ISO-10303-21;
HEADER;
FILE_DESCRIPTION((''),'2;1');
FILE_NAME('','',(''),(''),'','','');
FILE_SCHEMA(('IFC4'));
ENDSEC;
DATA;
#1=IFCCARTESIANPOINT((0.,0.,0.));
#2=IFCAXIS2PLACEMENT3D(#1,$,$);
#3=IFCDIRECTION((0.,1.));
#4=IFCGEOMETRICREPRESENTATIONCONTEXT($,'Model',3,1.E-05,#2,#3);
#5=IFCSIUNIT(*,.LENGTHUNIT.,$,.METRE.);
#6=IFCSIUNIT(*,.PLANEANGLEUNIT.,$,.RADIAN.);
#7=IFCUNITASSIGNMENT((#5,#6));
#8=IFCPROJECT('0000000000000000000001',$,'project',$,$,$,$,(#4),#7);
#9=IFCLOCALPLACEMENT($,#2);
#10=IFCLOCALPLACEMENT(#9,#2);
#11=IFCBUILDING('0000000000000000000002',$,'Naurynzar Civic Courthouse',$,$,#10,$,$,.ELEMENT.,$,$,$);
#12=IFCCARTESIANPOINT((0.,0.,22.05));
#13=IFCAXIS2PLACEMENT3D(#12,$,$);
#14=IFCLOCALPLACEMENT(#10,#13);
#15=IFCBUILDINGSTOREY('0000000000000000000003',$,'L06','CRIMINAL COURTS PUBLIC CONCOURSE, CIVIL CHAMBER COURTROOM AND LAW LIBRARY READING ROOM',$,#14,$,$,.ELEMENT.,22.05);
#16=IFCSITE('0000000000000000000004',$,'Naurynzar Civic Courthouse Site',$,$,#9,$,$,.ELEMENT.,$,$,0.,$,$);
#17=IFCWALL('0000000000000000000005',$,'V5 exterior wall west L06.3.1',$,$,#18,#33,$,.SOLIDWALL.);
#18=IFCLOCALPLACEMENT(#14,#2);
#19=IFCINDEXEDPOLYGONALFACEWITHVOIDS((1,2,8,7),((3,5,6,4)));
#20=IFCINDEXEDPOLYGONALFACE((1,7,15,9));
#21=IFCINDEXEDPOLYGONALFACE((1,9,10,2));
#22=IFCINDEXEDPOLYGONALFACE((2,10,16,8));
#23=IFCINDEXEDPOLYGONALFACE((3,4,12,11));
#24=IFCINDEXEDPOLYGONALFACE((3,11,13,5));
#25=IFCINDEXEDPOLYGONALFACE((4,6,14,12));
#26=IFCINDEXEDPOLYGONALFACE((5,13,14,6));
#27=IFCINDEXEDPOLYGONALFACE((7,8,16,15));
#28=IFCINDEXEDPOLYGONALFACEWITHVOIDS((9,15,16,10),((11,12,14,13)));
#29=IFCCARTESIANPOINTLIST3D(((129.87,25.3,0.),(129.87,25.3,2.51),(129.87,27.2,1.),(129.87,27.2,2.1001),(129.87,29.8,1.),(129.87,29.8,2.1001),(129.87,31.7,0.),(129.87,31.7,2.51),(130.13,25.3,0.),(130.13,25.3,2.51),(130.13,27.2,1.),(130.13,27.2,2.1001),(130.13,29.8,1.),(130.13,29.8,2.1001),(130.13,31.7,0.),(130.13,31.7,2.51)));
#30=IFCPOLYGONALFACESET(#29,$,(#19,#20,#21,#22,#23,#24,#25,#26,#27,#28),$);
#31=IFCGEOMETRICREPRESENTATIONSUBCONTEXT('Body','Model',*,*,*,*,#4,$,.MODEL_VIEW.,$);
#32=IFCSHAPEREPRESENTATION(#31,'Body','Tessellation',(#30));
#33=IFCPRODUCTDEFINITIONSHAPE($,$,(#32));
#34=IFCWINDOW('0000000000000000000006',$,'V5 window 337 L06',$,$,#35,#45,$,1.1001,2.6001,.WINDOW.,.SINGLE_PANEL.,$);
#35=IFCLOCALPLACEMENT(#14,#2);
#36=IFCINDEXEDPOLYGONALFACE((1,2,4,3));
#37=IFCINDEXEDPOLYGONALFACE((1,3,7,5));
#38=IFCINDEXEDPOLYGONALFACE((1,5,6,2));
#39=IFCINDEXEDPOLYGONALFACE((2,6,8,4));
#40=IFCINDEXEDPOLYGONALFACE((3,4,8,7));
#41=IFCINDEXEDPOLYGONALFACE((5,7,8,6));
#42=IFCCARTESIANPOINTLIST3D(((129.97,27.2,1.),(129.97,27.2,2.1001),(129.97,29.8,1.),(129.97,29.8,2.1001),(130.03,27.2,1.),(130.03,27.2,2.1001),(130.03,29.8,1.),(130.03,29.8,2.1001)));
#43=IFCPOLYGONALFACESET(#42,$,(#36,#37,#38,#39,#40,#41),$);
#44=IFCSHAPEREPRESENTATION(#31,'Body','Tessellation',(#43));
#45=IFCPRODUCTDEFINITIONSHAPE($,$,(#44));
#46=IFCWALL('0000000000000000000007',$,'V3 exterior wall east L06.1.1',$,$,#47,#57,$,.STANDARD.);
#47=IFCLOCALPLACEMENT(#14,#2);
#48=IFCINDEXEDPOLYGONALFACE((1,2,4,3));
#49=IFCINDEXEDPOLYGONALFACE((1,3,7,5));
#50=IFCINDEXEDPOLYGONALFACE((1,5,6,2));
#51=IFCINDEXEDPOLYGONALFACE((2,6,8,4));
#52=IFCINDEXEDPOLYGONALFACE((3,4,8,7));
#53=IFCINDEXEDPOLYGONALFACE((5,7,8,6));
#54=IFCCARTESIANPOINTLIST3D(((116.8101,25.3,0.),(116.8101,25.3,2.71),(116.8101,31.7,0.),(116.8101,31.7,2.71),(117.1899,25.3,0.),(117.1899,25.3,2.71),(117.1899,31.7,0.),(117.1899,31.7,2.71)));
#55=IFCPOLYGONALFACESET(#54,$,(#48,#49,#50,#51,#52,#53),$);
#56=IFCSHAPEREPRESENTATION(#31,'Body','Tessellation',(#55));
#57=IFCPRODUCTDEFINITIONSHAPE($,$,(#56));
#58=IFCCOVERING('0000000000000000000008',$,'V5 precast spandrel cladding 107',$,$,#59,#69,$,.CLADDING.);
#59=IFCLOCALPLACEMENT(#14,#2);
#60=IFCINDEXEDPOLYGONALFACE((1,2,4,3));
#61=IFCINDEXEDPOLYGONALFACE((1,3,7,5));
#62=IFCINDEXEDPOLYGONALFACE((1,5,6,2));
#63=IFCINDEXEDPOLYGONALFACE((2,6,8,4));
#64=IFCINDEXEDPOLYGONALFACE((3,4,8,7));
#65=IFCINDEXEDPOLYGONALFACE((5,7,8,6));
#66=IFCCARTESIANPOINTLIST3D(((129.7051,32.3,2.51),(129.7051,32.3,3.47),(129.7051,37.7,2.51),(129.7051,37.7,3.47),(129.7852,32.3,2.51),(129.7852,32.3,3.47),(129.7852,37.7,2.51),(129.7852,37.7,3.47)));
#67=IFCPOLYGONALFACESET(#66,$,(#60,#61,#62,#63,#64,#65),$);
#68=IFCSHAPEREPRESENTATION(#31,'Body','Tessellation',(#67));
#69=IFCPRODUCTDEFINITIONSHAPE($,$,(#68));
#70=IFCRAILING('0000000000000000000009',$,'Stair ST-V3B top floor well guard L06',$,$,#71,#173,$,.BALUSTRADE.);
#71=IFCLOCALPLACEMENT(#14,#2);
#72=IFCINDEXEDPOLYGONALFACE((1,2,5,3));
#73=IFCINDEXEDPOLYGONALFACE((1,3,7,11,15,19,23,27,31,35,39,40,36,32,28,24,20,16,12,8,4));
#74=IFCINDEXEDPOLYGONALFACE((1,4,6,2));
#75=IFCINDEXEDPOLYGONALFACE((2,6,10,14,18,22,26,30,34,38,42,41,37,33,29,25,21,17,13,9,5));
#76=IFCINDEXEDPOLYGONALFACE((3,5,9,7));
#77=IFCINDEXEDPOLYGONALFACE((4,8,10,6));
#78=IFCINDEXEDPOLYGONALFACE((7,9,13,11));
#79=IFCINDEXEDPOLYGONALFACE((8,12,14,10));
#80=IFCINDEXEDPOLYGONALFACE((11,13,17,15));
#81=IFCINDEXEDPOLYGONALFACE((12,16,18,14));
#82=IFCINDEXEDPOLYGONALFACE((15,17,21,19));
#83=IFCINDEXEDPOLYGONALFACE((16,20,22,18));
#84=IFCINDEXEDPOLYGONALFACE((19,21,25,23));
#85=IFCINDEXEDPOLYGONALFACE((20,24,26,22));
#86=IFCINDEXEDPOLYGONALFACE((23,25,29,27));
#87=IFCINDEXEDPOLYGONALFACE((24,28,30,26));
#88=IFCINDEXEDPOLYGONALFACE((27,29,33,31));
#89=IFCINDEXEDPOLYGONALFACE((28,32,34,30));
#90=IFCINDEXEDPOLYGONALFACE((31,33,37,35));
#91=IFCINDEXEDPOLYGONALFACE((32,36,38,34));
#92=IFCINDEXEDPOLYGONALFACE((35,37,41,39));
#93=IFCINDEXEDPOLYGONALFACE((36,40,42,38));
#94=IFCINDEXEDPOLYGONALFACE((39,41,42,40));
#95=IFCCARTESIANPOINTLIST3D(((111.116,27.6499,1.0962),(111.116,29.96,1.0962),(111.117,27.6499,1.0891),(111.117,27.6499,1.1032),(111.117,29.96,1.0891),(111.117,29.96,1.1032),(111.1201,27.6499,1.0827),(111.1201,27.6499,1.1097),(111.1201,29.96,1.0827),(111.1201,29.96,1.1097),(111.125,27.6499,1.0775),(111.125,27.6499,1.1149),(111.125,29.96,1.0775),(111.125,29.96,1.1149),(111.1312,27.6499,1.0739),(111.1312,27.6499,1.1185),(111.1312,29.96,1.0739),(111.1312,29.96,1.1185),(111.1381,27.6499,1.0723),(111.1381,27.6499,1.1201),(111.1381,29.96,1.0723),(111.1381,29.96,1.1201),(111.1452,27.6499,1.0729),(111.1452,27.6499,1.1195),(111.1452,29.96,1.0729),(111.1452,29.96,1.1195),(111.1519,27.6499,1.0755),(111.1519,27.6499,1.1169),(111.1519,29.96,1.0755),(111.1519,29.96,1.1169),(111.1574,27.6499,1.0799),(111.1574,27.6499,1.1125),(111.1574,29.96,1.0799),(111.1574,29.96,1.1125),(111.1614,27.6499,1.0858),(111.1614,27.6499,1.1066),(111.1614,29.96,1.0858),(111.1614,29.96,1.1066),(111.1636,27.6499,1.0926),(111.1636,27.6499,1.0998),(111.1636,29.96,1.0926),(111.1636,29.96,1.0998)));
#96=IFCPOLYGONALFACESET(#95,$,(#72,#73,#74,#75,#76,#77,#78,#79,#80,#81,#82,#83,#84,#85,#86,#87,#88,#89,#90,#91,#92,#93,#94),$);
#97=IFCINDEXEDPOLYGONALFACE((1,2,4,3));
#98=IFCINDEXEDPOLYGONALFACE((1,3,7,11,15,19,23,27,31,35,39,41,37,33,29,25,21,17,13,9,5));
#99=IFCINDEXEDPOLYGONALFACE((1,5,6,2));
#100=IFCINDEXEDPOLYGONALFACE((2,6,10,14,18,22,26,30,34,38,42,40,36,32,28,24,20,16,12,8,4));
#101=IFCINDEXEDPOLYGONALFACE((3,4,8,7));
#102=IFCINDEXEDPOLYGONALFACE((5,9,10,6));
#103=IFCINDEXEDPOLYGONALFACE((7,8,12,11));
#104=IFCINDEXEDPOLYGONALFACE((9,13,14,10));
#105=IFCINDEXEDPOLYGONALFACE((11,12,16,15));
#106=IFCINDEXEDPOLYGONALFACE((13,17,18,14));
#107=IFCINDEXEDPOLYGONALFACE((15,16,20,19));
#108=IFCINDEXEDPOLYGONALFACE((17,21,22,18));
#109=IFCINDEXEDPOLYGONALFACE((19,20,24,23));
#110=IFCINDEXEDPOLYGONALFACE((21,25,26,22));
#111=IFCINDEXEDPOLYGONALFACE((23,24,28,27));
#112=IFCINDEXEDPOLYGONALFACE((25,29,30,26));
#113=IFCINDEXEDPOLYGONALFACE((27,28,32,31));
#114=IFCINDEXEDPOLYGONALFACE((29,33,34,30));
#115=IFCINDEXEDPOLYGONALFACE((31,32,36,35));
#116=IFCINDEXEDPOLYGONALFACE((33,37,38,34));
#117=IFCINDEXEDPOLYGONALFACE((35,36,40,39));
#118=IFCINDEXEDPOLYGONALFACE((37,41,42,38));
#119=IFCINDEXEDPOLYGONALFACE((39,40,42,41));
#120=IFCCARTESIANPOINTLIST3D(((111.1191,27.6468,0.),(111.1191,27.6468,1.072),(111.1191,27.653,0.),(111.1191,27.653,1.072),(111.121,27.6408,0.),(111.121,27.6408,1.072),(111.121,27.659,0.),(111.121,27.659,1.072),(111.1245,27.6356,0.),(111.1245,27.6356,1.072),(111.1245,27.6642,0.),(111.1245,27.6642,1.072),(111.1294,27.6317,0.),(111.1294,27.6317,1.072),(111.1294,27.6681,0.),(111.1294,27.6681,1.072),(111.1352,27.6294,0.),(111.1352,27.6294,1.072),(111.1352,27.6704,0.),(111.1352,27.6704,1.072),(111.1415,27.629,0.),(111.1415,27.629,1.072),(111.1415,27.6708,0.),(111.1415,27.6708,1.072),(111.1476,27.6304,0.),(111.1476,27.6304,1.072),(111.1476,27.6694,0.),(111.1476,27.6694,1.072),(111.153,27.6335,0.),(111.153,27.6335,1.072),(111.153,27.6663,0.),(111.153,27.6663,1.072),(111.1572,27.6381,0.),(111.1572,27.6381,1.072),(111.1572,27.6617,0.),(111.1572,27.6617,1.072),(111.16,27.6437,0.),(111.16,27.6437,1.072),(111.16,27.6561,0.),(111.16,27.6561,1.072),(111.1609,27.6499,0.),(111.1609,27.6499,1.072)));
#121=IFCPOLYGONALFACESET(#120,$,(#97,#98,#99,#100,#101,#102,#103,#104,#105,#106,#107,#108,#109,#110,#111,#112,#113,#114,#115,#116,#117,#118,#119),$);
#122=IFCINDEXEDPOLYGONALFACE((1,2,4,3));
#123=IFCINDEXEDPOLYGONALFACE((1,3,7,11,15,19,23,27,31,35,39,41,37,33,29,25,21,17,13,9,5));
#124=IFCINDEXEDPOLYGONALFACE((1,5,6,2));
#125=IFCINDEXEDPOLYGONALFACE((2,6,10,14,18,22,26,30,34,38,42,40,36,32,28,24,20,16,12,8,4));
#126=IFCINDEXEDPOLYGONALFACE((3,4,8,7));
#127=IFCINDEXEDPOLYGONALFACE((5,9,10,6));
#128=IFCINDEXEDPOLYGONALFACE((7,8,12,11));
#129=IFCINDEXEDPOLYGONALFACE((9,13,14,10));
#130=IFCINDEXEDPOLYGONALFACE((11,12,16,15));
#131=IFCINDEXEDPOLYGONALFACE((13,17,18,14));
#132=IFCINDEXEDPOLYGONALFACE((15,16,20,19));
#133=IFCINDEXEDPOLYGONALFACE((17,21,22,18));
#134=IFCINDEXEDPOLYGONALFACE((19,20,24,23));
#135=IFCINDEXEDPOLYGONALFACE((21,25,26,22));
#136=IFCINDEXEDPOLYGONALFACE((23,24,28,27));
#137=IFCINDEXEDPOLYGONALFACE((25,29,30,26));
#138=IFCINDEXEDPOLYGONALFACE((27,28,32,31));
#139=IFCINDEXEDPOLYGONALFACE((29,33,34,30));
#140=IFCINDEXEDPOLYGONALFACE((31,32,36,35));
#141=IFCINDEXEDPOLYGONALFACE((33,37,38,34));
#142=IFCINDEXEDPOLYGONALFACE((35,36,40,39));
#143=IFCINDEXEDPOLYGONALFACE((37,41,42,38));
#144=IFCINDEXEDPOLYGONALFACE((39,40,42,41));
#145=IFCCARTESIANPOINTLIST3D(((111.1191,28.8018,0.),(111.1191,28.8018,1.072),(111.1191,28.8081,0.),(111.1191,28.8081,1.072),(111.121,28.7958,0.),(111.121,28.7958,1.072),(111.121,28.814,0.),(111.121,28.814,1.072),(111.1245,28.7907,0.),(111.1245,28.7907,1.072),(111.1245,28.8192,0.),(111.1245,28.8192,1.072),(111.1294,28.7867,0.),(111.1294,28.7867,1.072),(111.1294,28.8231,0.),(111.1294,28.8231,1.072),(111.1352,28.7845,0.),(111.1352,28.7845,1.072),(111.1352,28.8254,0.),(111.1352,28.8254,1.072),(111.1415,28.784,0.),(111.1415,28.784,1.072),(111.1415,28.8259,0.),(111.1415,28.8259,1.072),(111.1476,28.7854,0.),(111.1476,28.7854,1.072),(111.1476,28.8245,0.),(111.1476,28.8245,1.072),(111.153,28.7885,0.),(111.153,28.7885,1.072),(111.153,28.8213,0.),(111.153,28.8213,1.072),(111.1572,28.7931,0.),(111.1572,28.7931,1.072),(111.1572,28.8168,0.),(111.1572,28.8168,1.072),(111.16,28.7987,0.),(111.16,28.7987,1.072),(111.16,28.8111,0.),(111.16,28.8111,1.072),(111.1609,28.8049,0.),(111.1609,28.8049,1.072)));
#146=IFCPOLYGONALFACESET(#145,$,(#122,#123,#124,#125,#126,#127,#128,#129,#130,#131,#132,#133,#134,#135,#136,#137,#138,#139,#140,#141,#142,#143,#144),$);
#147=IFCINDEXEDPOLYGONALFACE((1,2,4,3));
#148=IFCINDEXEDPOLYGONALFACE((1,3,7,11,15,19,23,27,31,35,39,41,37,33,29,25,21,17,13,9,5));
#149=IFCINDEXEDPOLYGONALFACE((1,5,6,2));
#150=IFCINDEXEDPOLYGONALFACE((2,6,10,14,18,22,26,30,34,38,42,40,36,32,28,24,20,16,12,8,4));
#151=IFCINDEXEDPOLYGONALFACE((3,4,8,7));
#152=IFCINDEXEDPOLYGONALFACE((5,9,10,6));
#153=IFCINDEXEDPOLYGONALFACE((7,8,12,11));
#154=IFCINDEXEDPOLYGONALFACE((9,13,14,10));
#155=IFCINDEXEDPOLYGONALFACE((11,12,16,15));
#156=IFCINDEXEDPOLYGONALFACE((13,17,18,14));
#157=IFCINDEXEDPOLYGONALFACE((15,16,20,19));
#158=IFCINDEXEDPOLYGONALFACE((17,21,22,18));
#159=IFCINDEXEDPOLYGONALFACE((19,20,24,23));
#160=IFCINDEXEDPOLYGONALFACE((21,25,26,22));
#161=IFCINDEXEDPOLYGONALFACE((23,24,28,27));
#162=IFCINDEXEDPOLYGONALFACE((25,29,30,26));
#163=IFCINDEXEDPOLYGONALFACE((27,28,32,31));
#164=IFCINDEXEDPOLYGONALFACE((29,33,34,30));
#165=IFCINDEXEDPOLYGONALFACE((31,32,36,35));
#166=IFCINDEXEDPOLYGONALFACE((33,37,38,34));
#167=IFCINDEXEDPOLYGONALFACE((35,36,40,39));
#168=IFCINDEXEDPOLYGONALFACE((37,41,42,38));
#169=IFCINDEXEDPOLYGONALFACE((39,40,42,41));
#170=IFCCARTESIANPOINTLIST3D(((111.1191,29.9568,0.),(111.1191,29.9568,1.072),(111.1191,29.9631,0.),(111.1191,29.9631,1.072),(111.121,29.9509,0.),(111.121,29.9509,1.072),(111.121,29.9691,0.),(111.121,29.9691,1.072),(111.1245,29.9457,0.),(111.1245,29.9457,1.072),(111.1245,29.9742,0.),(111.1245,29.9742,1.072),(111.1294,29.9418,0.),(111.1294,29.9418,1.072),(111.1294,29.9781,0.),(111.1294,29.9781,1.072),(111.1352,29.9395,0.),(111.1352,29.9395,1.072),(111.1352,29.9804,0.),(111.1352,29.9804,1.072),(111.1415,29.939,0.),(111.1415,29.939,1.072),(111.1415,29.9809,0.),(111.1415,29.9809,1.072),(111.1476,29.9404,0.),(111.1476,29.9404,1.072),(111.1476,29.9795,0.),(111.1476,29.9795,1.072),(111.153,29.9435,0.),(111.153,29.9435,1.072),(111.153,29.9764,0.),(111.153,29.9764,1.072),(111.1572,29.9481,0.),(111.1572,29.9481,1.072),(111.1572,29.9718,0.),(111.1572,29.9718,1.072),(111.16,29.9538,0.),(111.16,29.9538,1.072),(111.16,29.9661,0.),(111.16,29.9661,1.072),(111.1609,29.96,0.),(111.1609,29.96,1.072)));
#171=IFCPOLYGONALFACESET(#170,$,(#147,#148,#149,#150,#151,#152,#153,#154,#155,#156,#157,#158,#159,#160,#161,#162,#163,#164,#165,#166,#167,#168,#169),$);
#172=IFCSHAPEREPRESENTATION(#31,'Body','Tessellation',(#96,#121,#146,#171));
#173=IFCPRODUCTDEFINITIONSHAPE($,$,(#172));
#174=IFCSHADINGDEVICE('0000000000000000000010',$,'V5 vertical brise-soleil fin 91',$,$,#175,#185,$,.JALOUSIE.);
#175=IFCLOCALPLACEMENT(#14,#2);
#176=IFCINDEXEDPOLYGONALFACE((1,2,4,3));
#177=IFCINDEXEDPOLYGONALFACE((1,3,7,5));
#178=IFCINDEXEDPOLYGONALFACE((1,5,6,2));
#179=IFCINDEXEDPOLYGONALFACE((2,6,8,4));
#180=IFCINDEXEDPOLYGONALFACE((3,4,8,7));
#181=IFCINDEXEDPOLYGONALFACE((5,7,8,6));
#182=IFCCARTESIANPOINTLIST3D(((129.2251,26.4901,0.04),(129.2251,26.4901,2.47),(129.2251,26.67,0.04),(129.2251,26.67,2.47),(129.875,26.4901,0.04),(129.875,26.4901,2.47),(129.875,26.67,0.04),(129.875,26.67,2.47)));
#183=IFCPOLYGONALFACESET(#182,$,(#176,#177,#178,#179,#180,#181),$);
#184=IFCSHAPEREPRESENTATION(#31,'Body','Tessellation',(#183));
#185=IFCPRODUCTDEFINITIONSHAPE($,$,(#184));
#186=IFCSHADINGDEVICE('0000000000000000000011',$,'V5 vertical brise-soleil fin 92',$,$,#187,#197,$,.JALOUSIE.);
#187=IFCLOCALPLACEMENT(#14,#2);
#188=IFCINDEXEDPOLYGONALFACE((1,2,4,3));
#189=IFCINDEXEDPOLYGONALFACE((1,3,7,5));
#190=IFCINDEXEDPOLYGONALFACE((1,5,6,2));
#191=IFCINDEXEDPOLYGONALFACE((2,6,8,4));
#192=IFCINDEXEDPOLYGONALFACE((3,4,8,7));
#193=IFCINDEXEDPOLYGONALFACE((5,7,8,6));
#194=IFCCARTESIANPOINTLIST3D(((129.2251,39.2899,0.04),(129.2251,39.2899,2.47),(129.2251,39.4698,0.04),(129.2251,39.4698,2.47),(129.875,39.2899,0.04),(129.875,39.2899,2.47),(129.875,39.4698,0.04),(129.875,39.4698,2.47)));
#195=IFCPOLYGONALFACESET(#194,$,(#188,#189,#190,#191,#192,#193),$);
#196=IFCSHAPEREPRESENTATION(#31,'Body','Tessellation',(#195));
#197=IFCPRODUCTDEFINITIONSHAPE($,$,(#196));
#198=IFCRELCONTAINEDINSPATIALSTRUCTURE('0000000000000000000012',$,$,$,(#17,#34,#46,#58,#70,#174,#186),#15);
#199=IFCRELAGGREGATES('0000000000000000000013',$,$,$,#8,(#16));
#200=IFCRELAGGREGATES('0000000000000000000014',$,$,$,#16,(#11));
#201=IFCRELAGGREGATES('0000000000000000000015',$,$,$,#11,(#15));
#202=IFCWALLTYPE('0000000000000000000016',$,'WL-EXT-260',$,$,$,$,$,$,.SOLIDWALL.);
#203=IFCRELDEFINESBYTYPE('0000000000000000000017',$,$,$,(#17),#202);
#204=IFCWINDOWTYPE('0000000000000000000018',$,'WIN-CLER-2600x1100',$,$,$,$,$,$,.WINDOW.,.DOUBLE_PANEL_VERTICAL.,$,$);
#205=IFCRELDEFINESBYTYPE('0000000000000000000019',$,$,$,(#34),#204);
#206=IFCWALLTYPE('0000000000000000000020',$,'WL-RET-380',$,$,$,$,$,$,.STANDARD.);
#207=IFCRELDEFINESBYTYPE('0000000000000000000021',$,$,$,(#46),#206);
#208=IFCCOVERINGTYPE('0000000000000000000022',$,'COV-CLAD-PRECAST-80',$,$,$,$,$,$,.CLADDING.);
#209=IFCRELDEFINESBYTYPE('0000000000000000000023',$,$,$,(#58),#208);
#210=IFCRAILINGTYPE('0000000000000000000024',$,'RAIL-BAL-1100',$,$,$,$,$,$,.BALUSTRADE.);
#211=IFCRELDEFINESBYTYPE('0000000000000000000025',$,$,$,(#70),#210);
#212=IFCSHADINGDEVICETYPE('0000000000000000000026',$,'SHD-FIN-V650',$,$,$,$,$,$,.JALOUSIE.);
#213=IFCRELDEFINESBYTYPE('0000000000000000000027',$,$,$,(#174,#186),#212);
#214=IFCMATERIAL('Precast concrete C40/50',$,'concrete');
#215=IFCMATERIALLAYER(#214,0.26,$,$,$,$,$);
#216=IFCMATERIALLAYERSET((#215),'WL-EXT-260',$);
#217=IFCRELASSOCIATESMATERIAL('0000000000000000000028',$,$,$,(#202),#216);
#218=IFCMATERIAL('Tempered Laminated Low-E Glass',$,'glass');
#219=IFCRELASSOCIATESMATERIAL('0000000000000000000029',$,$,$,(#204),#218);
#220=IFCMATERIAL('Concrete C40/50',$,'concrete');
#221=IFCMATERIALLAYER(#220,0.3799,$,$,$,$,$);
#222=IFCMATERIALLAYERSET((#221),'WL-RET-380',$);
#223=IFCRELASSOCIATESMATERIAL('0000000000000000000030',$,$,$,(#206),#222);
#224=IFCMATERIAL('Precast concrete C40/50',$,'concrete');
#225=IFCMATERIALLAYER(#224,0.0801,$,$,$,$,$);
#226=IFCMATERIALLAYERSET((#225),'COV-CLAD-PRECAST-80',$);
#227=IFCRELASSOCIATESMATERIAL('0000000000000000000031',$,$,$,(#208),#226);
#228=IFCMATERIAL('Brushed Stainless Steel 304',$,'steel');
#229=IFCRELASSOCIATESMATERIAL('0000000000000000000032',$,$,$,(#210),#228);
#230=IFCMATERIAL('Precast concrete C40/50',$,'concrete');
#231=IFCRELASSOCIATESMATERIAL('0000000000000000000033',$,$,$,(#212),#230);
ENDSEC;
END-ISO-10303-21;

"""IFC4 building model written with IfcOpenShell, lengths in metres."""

from ifc_helpers import new_model, si_unit, direction, frame, frame_2d, origin, origin_2d, place, context, subcontext, project, spatial, rectangle, circle, extrude, material, layer, layer_set, type_object, element, fill, save


model = new_model("IFC4")

# Units and contexts
model_context = context("Model", 3, precision=1e-05, world=origin(), true_north=direction((0.0, 1.0)))
body_context = subcontext(model_context, "Body", "Model", "MODEL_VIEW")
ifc_project = project(units=[si_unit("LENGTHUNIT", "METRE"), si_unit("PLANEANGLEUNIT", "RADIAN")], contexts=[model_context])

# Site, building, storey
site_placement = place(None, origin())
site = spatial("IfcSite", under=ifc_project, at=site_placement, Name="Naurynzar Civic Courthouse Site", CompositionType="ELEMENT", RefElevation=0.0)
building_placement = place(site_placement, origin())
building = spatial("IfcBuilding", under=site, at=building_placement, Name="Naurynzar Civic Courthouse", CompositionType="ELEMENT")
storey_placement = place(building_placement, frame((0.0, 0.0, 22.05)))
storey = spatial("IfcBuildingStorey", under=building, at=storey_placement, Name="L06", Description="CRIMINAL COURTS PUBLIC CONCOURSE, CIVIL CHAMBER COURTROOM AND LAW LIBRARY READING ROOM", CompositionType="ELEMENT", Elevation=22.05)

# Wall, opening, window
ifc_material_1 = material(Name="Precast concrete C40/50", Category="concrete")
ifc_layer_1 = layer(ifc_material_1, 0.26)
ifc_layer_set_1 = layer_set([ifc_layer_1], Name="WL-EXT-260")
wall_type_1 = type_object("IfcWallType", Name="WL-EXT-260", PredefinedType="SOLIDWALL", material=ifc_layer_set_1)
wall_1_placement = place(storey_placement, frame((130.0, 25.3, 0.0), z_axis=(0.0, 0.0, 1.0), x_axis=(0.0, 1.0, 0.0)))
wall_1 = element("IfcWall", 1, at=wall_1_placement, inside=storey, type_object=wall_type_1, Name="V5 exterior wall west L06.3.1", PredefinedType="SOLIDWALL", context=body_context, shape_type="SweptSolid", body=[
    extrude(rectangle(XDim=6.3999, YDim=0.26, at=frame_2d((3.2, 0.0))), origin(), (0.0, 0.0, 1.0), 2.51),
])
opening_1_placement = place(wall_1_placement, frame((1.8999, 0.0, 1.0)))
opening_1 = element("IfcOpeningElement", 2, at=opening_1_placement, cuts=wall_1, PredefinedType="OPENING", context=body_context, shape_type="SweptSolid", body=[
    extrude(rectangle(XDim=2.6001, YDim=1.1001, at=frame_2d((1.3, 0.55))), frame((0.0, 0.1399, 0.0), z_axis=(0.0, -1.0, 0.0), x_axis=(1.0, 0.0, 0.0)), (0.0, 0.0, 1.0), 0.28),
])
ifc_material_2 = material(Name="Tempered Laminated Low-E Glass", Category="glass")
window_type_1 = type_object("IfcWindowType", Name="WIN-CLER-2600x1100", PartitioningType="DOUBLE_PANEL_VERTICAL", PredefinedType="WINDOW", material=ifc_material_2)
window_1_placement = place(opening_1_placement, origin())
window_1 = element("IfcWindow", 3, at=window_1_placement, inside=storey, type_object=window_type_1, Name="V5 window 337 L06", OverallHeight=1.1001, OverallWidth=2.6001, PartitioningType="SINGLE_PANEL", PredefinedType="WINDOW", context=body_context, shape_type="SweptSolid", body=[
    extrude(rectangle(XDim=2.6001, YDim=1.1001, at=frame_2d((1.3, 0.55))), frame((0.0, 0.03, 0.0), z_axis=(0.0, -1.0, 0.0), x_axis=(1.0, 0.0, 0.0)), (0.0, 0.0, 1.0), 0.0601),
])
fill(opening_1, window_1)

# Wall
ifc_material_3 = material(Name="Concrete C40/50", Category="concrete")
ifc_layer_2 = layer(ifc_material_3, 0.3799)
ifc_layer_set_2 = layer_set([ifc_layer_2], Name="WL-RET-380")
wall_type_2 = type_object("IfcWallType", Name="WL-RET-380", PredefinedType="STANDARD", material=ifc_layer_set_2)
wall_2_placement = place(storey_placement, frame((117.0, 31.7, 0.0), z_axis=(0.0, 0.0, 1.0), x_axis=(0.0, -1.0, 0.0)))
element("IfcWall", 4, at=wall_2_placement, inside=storey, type_object=wall_type_2, Name="V3 exterior wall east L06.1.1", PredefinedType="STANDARD", context=body_context, shape_type="SweptSolid", body=[
    extrude(rectangle(XDim=6.3999, YDim=0.3799, at=frame_2d((3.2, 0.0))), origin(), (0.0, 0.0, 1.0), 2.71),
])

# Covering
ifc_material_4 = material(Name="Precast concrete C40/50", Category="concrete")
ifc_layer_3 = layer(ifc_material_4, 0.0801)
ifc_layer_set_3 = layer_set([ifc_layer_3], Name="COV-CLAD-PRECAST-80")
covering_type = type_object("IfcCoveringType", Name="COV-CLAD-PRECAST-80", PredefinedType="CLADDING", material=ifc_layer_set_3)
covering_placement = place(storey_placement, frame((129.7451, 35.0, 2.51), z_axis=(0.0, 0.0, 1.0), x_axis=(0.0, 1.0, 0.0)))
element("IfcCovering", 5, at=covering_placement, inside=storey, type_object=covering_type, Name="V5 precast spandrel cladding 107", PredefinedType="CLADDING", context=body_context, shape_type="SweptSolid", body=[
    extrude(rectangle(XDim=5.3999, YDim=0.0801, at=origin_2d()), origin(), (0.0, 0.0, 1.0), 0.96),
])

# Railing
ifc_material_5 = material(Name="Brushed Stainless Steel 304", Category="steel")
railing_type = type_object("IfcRailingType", Name="RAIL-BAL-1100", PredefinedType="BALUSTRADE", material=ifc_material_5)
railing_placement = place(storey_placement, frame((111.1399, 27.6499, 0.0)))
element("IfcRailing", 6, at=railing_placement, inside=storey, type_object=railing_type, Name="Stair ST-V3B top floor well guard L06", PredefinedType="BALUSTRADE", context=body_context, shape_type="SweptSolid", body=[
    extrude(circle(Radius=0.0239, at=origin_2d()), frame((0.0, 0.0, 1.0962), z_axis=(0.0, 1.0, 0.0), x_axis=(-1.0, 0.0, 0.0)), (0.0, 0.0, 1.0), 2.3101),
    extrude(circle(Radius=0.021, at=origin_2d()), origin(), (0.0, 0.0, 1.0), 1.072),
    extrude(circle(Radius=0.021, at=origin_2d()), frame((0.0, 1.155, 0.0)), (0.0, 0.0, 1.0), 1.072),
    extrude(circle(Radius=0.021, at=origin_2d()), frame((0.0, 2.3101, 0.0)), (0.0, 0.0, 1.0), 1.072),
])

# Shading devices
ifc_material_6 = material(Name="Precast concrete C40/50", Category="concrete")
shading_device_type = type_object("IfcShadingDeviceType", Name="SHD-FIN-V650", PredefinedType="JALOUSIE", material=ifc_material_6)
for number, where, z_axis, x_axis, name in (
    (7, (129.55, 26.5801, 0.04), (0.0, 0.0, 1.0), (0.0, 1.0, 0.0), "V5 vertical brise-soleil fin 91"),
    (8, (129.55, 39.3799, 0.04), (0.0, 0.0, 1.0), (0.0, 1.0, 0.0), "V5 vertical brise-soleil fin 92"),
):
    element("IfcShadingDevice", number, at=place(storey_placement, frame(where, z_axis=z_axis, x_axis=x_axis)), inside=storey, type_object=shading_device_type, Name=name, PredefinedType="JALOUSIE", context=body_context, shape_type="SweptSolid", body=[
        extrude(rectangle(XDim=0.1799, YDim=0.6499, at=origin_2d()), origin(), (0.0, 0.0, 1.0), 2.4299),
    ])

save(model, "model.ifc")
